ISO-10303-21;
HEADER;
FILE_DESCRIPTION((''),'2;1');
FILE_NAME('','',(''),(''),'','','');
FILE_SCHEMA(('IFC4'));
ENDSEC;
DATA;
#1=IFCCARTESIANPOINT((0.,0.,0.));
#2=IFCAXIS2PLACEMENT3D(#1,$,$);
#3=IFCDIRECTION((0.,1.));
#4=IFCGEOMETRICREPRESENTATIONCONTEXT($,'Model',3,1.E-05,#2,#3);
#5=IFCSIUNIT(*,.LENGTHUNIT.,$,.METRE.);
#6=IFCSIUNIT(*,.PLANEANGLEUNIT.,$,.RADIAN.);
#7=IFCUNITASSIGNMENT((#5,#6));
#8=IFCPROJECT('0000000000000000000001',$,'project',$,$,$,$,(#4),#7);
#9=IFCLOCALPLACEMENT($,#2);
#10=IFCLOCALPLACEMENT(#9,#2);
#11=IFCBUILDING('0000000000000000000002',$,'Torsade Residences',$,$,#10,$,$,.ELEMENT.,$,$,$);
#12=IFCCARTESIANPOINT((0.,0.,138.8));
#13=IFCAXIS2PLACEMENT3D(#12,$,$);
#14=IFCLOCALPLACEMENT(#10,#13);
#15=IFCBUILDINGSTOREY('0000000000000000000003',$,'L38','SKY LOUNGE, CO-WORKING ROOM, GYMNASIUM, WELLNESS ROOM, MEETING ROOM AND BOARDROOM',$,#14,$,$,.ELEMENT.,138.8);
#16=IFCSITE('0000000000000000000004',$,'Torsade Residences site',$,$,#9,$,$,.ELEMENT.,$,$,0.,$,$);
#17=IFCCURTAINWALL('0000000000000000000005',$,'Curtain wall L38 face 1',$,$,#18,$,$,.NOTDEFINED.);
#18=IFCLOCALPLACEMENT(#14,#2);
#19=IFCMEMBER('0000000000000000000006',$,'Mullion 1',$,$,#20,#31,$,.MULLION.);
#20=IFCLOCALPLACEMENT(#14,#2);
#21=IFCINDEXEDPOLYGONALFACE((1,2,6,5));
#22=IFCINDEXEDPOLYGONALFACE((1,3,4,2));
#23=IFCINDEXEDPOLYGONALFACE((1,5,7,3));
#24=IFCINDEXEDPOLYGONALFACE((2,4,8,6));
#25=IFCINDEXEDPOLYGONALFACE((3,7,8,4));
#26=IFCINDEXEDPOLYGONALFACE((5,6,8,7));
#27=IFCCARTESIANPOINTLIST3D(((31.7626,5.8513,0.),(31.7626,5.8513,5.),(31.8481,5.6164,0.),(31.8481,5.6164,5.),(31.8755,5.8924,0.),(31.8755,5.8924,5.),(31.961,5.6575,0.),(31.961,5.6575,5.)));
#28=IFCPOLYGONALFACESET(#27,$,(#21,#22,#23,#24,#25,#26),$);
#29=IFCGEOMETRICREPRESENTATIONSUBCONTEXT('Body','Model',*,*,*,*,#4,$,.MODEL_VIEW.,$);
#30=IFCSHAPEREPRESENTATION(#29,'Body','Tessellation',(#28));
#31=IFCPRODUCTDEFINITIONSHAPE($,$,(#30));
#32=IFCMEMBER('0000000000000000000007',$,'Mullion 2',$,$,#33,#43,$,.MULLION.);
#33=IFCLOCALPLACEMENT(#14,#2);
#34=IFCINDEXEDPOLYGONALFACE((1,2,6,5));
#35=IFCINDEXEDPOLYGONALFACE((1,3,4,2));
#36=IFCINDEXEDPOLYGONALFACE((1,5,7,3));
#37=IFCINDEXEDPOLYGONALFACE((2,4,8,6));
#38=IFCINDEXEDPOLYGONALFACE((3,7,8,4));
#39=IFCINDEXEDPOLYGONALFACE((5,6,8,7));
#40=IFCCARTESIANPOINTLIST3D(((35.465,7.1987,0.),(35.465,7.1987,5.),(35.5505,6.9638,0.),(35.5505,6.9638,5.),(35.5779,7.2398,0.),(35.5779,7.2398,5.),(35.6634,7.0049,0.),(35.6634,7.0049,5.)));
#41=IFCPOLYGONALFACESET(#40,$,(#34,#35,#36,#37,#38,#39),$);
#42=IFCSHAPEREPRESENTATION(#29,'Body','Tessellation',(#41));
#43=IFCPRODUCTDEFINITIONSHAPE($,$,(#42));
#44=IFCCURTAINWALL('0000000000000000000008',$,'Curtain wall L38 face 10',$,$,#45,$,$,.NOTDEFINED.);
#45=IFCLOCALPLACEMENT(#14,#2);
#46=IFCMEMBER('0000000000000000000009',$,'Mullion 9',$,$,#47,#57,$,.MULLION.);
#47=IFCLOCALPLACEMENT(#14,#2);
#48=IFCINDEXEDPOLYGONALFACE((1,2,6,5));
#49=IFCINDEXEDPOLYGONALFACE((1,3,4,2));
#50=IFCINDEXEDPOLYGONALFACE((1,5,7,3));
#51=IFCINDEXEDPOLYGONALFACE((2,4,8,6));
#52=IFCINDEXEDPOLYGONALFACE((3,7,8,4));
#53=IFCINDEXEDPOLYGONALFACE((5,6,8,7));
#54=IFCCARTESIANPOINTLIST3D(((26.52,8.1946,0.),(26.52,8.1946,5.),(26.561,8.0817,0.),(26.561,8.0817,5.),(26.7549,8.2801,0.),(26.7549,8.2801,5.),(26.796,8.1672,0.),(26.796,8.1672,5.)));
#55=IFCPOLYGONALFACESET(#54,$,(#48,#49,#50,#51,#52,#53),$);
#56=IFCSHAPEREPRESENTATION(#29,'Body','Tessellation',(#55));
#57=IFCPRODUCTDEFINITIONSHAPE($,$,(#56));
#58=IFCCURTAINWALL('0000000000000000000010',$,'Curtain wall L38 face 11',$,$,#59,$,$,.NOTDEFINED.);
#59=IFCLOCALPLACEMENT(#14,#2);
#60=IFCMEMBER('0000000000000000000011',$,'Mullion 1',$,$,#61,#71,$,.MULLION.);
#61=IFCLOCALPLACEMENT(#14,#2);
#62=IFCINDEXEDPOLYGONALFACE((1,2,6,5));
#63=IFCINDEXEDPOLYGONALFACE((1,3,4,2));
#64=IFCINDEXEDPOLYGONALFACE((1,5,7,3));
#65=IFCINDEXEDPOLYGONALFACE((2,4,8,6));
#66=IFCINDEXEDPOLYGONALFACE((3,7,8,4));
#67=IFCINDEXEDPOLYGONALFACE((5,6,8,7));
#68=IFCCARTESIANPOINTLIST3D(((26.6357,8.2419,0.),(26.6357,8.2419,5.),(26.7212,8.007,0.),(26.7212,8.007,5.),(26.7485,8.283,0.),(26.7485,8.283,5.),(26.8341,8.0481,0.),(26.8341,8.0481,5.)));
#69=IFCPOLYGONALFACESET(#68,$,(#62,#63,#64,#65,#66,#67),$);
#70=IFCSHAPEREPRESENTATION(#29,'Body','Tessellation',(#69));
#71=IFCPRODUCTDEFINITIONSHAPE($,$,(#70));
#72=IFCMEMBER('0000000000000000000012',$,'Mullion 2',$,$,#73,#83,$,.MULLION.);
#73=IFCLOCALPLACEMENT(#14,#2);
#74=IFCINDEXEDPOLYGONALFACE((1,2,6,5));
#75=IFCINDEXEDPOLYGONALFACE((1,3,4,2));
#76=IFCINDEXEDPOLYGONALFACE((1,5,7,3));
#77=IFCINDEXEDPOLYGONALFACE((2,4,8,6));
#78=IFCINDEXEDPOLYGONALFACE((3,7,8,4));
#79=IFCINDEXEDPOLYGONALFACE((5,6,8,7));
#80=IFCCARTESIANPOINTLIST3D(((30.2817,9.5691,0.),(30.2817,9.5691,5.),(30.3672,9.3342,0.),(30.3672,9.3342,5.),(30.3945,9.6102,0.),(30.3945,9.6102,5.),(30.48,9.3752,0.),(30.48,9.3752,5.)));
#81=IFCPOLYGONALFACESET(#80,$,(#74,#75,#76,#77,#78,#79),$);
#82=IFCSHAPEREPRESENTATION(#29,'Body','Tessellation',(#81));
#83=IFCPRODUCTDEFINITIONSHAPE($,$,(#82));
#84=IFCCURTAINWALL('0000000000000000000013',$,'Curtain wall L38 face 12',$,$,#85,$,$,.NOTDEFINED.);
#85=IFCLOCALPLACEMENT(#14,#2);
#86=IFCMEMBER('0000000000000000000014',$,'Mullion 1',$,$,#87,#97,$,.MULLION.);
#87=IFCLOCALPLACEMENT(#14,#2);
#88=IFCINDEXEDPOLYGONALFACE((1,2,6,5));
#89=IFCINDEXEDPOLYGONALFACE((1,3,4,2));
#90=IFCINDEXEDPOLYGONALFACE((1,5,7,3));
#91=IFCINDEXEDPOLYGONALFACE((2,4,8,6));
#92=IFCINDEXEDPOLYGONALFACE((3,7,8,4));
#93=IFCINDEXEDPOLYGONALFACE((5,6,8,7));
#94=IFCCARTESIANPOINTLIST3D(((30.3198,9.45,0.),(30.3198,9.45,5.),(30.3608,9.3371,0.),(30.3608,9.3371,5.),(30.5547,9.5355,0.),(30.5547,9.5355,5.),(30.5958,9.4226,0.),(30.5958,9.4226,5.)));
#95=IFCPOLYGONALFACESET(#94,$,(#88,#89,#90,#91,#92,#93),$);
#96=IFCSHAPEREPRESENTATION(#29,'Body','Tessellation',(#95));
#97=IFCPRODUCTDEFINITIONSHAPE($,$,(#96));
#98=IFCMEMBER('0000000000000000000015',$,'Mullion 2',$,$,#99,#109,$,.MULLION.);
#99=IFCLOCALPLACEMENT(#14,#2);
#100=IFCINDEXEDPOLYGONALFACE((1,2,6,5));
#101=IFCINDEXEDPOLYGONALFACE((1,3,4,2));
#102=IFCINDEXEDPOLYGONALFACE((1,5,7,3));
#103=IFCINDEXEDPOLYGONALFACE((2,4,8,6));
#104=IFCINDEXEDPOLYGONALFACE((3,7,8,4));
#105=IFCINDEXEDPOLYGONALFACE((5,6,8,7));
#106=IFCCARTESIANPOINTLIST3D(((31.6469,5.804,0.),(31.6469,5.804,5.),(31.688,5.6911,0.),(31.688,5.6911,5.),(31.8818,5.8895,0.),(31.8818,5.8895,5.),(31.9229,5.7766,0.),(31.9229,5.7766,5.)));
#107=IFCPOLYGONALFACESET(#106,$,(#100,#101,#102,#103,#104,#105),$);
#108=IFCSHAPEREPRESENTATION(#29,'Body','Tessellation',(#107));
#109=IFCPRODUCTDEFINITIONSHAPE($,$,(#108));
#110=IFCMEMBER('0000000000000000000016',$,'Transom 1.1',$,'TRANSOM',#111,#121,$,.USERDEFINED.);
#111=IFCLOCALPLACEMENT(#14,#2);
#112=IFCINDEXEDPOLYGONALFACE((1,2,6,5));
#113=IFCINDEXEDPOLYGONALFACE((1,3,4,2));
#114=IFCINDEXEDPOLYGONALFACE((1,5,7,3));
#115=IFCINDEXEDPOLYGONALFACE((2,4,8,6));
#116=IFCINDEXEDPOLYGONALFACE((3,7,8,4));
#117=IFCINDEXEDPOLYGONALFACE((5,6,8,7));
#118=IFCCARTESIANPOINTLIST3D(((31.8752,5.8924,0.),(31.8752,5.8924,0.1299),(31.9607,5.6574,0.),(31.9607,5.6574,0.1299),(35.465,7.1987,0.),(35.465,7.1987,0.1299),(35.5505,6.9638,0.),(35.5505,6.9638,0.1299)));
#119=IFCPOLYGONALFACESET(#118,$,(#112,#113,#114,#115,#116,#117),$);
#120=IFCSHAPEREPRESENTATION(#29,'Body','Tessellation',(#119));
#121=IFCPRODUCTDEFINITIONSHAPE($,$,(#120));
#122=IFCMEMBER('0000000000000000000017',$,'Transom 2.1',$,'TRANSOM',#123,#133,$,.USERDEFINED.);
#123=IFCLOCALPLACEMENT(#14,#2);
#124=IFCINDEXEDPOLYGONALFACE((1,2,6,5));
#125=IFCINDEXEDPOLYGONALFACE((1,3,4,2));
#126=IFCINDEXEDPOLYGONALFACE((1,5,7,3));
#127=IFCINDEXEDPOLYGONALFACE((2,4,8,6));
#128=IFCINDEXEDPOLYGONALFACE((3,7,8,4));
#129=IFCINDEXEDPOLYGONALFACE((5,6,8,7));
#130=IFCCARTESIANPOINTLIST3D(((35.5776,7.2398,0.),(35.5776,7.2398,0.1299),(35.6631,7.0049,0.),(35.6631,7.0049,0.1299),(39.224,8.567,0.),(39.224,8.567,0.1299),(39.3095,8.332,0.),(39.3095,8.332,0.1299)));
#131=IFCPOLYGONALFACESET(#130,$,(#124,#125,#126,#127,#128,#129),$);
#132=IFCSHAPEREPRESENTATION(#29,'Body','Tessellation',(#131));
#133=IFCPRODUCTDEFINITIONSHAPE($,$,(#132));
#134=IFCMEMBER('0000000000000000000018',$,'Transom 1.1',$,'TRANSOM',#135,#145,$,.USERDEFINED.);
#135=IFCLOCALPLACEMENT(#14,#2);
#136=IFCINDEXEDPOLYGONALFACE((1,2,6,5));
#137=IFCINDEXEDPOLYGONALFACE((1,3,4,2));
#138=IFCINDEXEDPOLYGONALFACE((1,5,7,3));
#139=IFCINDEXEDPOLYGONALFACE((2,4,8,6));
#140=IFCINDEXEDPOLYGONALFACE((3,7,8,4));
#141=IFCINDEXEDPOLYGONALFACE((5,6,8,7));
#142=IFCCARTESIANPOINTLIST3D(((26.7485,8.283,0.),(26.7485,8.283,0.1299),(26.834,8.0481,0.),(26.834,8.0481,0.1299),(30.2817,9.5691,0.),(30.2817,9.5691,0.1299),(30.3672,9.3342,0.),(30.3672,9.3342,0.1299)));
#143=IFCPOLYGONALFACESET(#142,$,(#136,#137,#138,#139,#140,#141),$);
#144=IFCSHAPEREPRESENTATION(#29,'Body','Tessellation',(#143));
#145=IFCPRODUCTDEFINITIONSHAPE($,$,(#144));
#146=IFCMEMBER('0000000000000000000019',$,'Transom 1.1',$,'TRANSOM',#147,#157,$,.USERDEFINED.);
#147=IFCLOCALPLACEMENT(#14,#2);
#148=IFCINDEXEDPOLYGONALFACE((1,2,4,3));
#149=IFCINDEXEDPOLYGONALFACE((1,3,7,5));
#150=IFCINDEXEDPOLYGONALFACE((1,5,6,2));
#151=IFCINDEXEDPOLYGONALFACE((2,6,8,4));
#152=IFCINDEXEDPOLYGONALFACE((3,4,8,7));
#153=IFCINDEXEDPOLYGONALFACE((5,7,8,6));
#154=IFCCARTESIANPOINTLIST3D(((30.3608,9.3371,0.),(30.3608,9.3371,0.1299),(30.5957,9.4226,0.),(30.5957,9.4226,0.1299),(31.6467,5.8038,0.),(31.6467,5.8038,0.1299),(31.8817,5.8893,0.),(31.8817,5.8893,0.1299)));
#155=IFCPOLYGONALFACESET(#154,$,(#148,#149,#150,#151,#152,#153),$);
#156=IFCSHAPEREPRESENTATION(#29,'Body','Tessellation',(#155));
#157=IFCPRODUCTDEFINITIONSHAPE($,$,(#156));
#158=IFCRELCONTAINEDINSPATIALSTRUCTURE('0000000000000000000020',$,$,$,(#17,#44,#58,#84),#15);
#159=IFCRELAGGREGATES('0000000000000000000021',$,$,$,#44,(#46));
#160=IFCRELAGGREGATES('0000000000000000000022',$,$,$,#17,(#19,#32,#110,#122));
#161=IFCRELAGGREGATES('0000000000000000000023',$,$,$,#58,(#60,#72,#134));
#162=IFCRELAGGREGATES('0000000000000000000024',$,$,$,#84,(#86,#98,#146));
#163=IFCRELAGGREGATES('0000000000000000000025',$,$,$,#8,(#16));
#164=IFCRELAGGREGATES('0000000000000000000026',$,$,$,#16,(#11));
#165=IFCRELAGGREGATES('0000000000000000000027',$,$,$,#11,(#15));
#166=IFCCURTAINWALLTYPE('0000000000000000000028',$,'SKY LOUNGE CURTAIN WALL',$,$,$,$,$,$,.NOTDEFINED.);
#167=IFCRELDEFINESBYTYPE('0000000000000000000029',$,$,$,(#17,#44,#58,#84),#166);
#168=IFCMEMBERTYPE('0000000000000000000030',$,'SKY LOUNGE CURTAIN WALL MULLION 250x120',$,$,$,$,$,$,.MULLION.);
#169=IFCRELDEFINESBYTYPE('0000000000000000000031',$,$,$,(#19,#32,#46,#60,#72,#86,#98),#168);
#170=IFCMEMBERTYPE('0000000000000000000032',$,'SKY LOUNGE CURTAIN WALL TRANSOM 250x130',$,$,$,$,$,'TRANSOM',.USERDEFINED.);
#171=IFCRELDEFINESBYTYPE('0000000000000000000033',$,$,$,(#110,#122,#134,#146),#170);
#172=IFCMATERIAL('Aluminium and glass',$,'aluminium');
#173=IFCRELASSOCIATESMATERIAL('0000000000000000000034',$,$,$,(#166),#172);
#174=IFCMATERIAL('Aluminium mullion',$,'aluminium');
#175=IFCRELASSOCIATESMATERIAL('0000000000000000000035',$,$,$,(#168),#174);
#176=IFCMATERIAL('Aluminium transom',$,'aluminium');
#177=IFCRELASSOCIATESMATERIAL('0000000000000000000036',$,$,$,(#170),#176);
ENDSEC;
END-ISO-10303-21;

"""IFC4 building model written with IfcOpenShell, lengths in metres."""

from ifc_helpers import new_model, si_unit, direction, frame, origin, origin_2d, place, context, subcontext, project, spatial, rectangle, extrude, material, material_profile, profile_set, type_object, element, aggregate, save


model = new_model("IFC4")

# Units and contexts
model_context = context("Model", 3, precision=1e-05, world=origin(), true_north=direction((0.0, 1.0)))
body_context = subcontext(model_context, "Body", "Model", "MODEL_VIEW")
ifc_project = project(units=[si_unit("LENGTHUNIT", "METRE"), si_unit("PLANEANGLEUNIT", "RADIAN")], contexts=[model_context])

# Site, building, storey
site_placement = place(None, origin())
site = spatial("IfcSite", under=ifc_project, at=site_placement, Name="Torsade Residences site", CompositionType="ELEMENT", RefElevation=0.0)
building_placement = place(site_placement, origin())
building = spatial("IfcBuilding", under=site, at=building_placement, Name="Torsade Residences", CompositionType="ELEMENT")
storey_placement = place(building_placement, frame((0.0, 0.0, 138.8)))
storey = spatial("IfcBuildingStorey", under=building, at=storey_placement, Name="L38", Description="SKY LOUNGE, CO-WORKING ROOM, GYMNASIUM, WELLNESS ROOM, MEETING ROOM AND BOARDROOM", CompositionType="ELEMENT", Elevation=138.8)

# Curtain wall, members
ifc_material_1 = material(Name="Aluminium and glass", Category="aluminium")
curtain_wall_type = type_object("IfcCurtainWallType", Name="SKY LOUNGE CURTAIN WALL", PredefinedType="NOTDEFINED", material=ifc_material_1)
curtain_wall_1_placement = place(storey_placement, origin())
curtain_wall_1 = element("IfcCurtainWall", 1, at=curtain_wall_1_placement, inside=storey, type_object=curtain_wall_type, Name="Curtain wall L38 face 1", PredefinedType="NOTDEFINED")
ifc_material_2 = material(Name="Aluminium mullion", Category="aluminium")
ifc_material_profile_1 = material_profile(ifc_material_2, rectangle(XDim=0.25, YDim=0.1201, at=origin_2d()), Name="SKY LOUNGE CURTAIN WALL MULLION 250x120")
ifc_profile_set_1 = profile_set([ifc_material_profile_1], Name="Aluminium mullion")
member_type_1 = type_object("IfcMemberType", Name="SKY LOUNGE CURTAIN WALL MULLION 250x120", PredefinedType="MULLION", material=ifc_profile_set_1)
member_1_placement = place(storey_placement, frame((31.8618, 5.7544, 0.0), z_axis=(0.0, 0.0, 1.0), x_axis=(-0.34202, 0.939693, 0.0)))
member_1 = element("IfcMember", 2, at=member_1_placement, type_object=member_type_1, Name="Mullion 1", PredefinedType="MULLION", context=body_context, shape_type="SweptSolid", body=[
    extrude(rectangle(XDim=0.25, YDim=0.1201, at=origin_2d()), origin(), (0.0, 0.0, 1.0), 5.0),
])
member_2_placement = place(storey_placement, frame((35.5642, 7.1018, 0.0), z_axis=(0.0, 0.0, 1.0), x_axis=(-0.34202, 0.939693, 0.0)))
member_2 = element("IfcMember", 3, at=member_2_placement, type_object=member_type_1, Name="Mullion 2", PredefinedType="MULLION", context=body_context, shape_type="SweptSolid", body=[
    extrude(rectangle(XDim=0.25, YDim=0.1201, at=origin_2d()), origin(), (0.0, 0.0, 1.0), 5.0),
])

# Curtain wall, member
curtain_wall_2_placement = place(storey_placement, origin())
curtain_wall_2 = element("IfcCurtainWall", 4, at=curtain_wall_2_placement, inside=storey, type_object=curtain_wall_type, Name="Curtain wall L38 face 10", PredefinedType="NOTDEFINED")
member_3_placement = place(storey_placement, frame((26.658, 8.1809, 0.0), z_axis=(0.0, 0.0, 1.0), x_axis=(0.939693, 0.34202, 0.0)))
member_3 = element("IfcMember", 5, at=member_3_placement, type_object=member_type_1, Name="Mullion 9", PredefinedType="MULLION", context=body_context, shape_type="SweptSolid", body=[
    extrude(rectangle(XDim=0.25, YDim=0.1201, at=origin_2d()), origin(), (0.0, 0.0, 1.0), 5.0),
])
aggregate(curtain_wall_2, [member_3])

# Curtain walls, members
curtain_wall_3_placement = place(storey_placement, origin())
curtain_wall_3 = element("IfcCurtainWall", 6, at=curtain_wall_3_placement, inside=storey, type_object=curtain_wall_type, Name="Curtain wall L38 face 11", PredefinedType="NOTDEFINED")
member_4_placement = place(storey_placement, frame((26.7349, 8.145, 0.0), z_axis=(0.0, 0.0, 1.0), x_axis=(-0.34202, 0.939693, 0.0)))
member_4 = element("IfcMember", 7, at=member_4_placement, type_object=member_type_1, Name="Mullion 1", PredefinedType="MULLION", context=body_context, shape_type="SweptSolid", body=[
    extrude(rectangle(XDim=0.25, YDim=0.1201, at=origin_2d()), origin(), (0.0, 0.0, 1.0), 5.0),
])
member_5_placement = place(storey_placement, frame((30.3809, 9.4722, 0.0), z_axis=(0.0, 0.0, 1.0), x_axis=(-0.34202, 0.939693, 0.0)))
member_5 = element("IfcMember", 8, at=member_5_placement, type_object=member_type_1, Name="Mullion 2", PredefinedType="MULLION", context=body_context, shape_type="SweptSolid", body=[
    extrude(rectangle(XDim=0.25, YDim=0.1201, at=origin_2d()), origin(), (0.0, 0.0, 1.0), 5.0),
])
curtain_wall_4_placement = place(storey_placement, origin())
curtain_wall_4 = element("IfcCurtainWall", 9, at=curtain_wall_4_placement, inside=storey, type_object=curtain_wall_type, Name="Curtain wall L38 face 12", PredefinedType="NOTDEFINED")
member_6_placement = place(storey_placement, frame((30.4578, 9.4363, 0.0), z_axis=(0.0, 0.0, 1.0), x_axis=(0.939693, 0.34202, 0.0)))
member_6 = element("IfcMember", 10, at=member_6_placement, type_object=member_type_1, Name="Mullion 1", PredefinedType="MULLION", context=body_context, shape_type="SweptSolid", body=[
    extrude(rectangle(XDim=0.25, YDim=0.1201, at=origin_2d()), origin(), (0.0, 0.0, 1.0), 5.0),
])
member_7_placement = place(storey_placement, frame((31.7849, 5.7903, 0.0), z_axis=(0.0, 0.0, 1.0), x_axis=(0.939693, 0.34202, 0.0)))
member_7 = element("IfcMember", 11, at=member_7_placement, type_object=member_type_1, Name="Mullion 2", PredefinedType="MULLION", context=body_context, shape_type="SweptSolid", body=[
    extrude(rectangle(XDim=0.25, YDim=0.1201, at=origin_2d()), origin(), (0.0, 0.0, 1.0), 5.0),
])

# Members
ifc_material_3 = material(Name="Aluminium transom", Category="aluminium")
ifc_material_profile_2 = material_profile(ifc_material_3, rectangle(XDim=0.25, YDim=0.1299, at=origin_2d()), Name="SKY LOUNGE CURTAIN WALL TRANSOM 250x130")
ifc_profile_set_2 = profile_set([ifc_material_profile_2], Name="Aluminium transom")
member_type_2 = type_object("IfcMemberType", Name="SKY LOUNGE CURTAIN WALL TRANSOM 250x130", ElementType="TRANSOM", PredefinedType="USERDEFINED", material=ifc_profile_set_2)
member_8_placement = place(storey_placement, frame((31.918, 5.7749, 0.0649), z_axis=(0.939709, 0.341974, 0.0), x_axis=(-0.341974, 0.939709, 0.0)))
member_8 = element("IfcMember", 12, at=member_8_placement, type_object=member_type_2, Name="Transom 1.1", ObjectType="TRANSOM", PredefinedType="USERDEFINED", context=body_context, shape_type="SweptSolid", body=[
    extrude(rectangle(XDim=0.25, YDim=0.1299, at=origin_2d()), origin(), (0.0, 0.0, 1.0), 3.8201),
])
member_9_placement = place(storey_placement, frame((35.6204, 7.1223, 0.0649), z_axis=(0.939691, 0.342026, 0.0), x_axis=(-0.342026, 0.939691, 0.0)))
member_9 = element("IfcMember", 13, at=member_9_placement, type_object=member_type_2, Name="Transom 2.1", ObjectType="TRANSOM", PredefinedType="USERDEFINED", context=body_context, shape_type="SweptSolid", body=[
    extrude(rectangle(XDim=0.25, YDim=0.1299, at=origin_2d()), origin(), (0.0, 0.0, 1.0), 3.8804),
])
member_10_placement = place(storey_placement, frame((26.7913, 8.1655, 0.0649), z_axis=(0.93968, 0.342056, 0.0), x_axis=(-0.342056, 0.93968, 0.0)))
member_10 = element("IfcMember", 14, at=member_10_placement, type_object=member_type_2, Name="Transom 1.1", ObjectType="TRANSOM", PredefinedType="USERDEFINED", context=body_context, shape_type="SweptSolid", body=[
    extrude(rectangle(XDim=0.25, YDim=0.1299, at=origin_2d()), origin(), (0.0, 0.0, 1.0), 3.76),
])
member_11_placement = place(storey_placement, frame((30.4783, 9.3799, 0.0649), z_axis=(0.341999, -0.9397, 0.0), x_axis=(0.9397, 0.341999, 0.0)))
member_11 = element("IfcMember", 15, at=member_11_placement, type_object=member_type_2, Name="Transom 1.1", ObjectType="TRANSOM", PredefinedType="USERDEFINED", context=body_context, shape_type="SweptSolid", body=[
    extrude(rectangle(XDim=0.25, YDim=0.1299, at=origin_2d()), origin(), (0.0, 0.0, 1.0), 3.76),
])

aggregate(curtain_wall_1, [member_1, member_2, member_8, member_9])
aggregate(curtain_wall_3, [member_4, member_5, member_10])
aggregate(curtain_wall_4, [member_6, member_7, member_11])

save(model, "model.ifc")
